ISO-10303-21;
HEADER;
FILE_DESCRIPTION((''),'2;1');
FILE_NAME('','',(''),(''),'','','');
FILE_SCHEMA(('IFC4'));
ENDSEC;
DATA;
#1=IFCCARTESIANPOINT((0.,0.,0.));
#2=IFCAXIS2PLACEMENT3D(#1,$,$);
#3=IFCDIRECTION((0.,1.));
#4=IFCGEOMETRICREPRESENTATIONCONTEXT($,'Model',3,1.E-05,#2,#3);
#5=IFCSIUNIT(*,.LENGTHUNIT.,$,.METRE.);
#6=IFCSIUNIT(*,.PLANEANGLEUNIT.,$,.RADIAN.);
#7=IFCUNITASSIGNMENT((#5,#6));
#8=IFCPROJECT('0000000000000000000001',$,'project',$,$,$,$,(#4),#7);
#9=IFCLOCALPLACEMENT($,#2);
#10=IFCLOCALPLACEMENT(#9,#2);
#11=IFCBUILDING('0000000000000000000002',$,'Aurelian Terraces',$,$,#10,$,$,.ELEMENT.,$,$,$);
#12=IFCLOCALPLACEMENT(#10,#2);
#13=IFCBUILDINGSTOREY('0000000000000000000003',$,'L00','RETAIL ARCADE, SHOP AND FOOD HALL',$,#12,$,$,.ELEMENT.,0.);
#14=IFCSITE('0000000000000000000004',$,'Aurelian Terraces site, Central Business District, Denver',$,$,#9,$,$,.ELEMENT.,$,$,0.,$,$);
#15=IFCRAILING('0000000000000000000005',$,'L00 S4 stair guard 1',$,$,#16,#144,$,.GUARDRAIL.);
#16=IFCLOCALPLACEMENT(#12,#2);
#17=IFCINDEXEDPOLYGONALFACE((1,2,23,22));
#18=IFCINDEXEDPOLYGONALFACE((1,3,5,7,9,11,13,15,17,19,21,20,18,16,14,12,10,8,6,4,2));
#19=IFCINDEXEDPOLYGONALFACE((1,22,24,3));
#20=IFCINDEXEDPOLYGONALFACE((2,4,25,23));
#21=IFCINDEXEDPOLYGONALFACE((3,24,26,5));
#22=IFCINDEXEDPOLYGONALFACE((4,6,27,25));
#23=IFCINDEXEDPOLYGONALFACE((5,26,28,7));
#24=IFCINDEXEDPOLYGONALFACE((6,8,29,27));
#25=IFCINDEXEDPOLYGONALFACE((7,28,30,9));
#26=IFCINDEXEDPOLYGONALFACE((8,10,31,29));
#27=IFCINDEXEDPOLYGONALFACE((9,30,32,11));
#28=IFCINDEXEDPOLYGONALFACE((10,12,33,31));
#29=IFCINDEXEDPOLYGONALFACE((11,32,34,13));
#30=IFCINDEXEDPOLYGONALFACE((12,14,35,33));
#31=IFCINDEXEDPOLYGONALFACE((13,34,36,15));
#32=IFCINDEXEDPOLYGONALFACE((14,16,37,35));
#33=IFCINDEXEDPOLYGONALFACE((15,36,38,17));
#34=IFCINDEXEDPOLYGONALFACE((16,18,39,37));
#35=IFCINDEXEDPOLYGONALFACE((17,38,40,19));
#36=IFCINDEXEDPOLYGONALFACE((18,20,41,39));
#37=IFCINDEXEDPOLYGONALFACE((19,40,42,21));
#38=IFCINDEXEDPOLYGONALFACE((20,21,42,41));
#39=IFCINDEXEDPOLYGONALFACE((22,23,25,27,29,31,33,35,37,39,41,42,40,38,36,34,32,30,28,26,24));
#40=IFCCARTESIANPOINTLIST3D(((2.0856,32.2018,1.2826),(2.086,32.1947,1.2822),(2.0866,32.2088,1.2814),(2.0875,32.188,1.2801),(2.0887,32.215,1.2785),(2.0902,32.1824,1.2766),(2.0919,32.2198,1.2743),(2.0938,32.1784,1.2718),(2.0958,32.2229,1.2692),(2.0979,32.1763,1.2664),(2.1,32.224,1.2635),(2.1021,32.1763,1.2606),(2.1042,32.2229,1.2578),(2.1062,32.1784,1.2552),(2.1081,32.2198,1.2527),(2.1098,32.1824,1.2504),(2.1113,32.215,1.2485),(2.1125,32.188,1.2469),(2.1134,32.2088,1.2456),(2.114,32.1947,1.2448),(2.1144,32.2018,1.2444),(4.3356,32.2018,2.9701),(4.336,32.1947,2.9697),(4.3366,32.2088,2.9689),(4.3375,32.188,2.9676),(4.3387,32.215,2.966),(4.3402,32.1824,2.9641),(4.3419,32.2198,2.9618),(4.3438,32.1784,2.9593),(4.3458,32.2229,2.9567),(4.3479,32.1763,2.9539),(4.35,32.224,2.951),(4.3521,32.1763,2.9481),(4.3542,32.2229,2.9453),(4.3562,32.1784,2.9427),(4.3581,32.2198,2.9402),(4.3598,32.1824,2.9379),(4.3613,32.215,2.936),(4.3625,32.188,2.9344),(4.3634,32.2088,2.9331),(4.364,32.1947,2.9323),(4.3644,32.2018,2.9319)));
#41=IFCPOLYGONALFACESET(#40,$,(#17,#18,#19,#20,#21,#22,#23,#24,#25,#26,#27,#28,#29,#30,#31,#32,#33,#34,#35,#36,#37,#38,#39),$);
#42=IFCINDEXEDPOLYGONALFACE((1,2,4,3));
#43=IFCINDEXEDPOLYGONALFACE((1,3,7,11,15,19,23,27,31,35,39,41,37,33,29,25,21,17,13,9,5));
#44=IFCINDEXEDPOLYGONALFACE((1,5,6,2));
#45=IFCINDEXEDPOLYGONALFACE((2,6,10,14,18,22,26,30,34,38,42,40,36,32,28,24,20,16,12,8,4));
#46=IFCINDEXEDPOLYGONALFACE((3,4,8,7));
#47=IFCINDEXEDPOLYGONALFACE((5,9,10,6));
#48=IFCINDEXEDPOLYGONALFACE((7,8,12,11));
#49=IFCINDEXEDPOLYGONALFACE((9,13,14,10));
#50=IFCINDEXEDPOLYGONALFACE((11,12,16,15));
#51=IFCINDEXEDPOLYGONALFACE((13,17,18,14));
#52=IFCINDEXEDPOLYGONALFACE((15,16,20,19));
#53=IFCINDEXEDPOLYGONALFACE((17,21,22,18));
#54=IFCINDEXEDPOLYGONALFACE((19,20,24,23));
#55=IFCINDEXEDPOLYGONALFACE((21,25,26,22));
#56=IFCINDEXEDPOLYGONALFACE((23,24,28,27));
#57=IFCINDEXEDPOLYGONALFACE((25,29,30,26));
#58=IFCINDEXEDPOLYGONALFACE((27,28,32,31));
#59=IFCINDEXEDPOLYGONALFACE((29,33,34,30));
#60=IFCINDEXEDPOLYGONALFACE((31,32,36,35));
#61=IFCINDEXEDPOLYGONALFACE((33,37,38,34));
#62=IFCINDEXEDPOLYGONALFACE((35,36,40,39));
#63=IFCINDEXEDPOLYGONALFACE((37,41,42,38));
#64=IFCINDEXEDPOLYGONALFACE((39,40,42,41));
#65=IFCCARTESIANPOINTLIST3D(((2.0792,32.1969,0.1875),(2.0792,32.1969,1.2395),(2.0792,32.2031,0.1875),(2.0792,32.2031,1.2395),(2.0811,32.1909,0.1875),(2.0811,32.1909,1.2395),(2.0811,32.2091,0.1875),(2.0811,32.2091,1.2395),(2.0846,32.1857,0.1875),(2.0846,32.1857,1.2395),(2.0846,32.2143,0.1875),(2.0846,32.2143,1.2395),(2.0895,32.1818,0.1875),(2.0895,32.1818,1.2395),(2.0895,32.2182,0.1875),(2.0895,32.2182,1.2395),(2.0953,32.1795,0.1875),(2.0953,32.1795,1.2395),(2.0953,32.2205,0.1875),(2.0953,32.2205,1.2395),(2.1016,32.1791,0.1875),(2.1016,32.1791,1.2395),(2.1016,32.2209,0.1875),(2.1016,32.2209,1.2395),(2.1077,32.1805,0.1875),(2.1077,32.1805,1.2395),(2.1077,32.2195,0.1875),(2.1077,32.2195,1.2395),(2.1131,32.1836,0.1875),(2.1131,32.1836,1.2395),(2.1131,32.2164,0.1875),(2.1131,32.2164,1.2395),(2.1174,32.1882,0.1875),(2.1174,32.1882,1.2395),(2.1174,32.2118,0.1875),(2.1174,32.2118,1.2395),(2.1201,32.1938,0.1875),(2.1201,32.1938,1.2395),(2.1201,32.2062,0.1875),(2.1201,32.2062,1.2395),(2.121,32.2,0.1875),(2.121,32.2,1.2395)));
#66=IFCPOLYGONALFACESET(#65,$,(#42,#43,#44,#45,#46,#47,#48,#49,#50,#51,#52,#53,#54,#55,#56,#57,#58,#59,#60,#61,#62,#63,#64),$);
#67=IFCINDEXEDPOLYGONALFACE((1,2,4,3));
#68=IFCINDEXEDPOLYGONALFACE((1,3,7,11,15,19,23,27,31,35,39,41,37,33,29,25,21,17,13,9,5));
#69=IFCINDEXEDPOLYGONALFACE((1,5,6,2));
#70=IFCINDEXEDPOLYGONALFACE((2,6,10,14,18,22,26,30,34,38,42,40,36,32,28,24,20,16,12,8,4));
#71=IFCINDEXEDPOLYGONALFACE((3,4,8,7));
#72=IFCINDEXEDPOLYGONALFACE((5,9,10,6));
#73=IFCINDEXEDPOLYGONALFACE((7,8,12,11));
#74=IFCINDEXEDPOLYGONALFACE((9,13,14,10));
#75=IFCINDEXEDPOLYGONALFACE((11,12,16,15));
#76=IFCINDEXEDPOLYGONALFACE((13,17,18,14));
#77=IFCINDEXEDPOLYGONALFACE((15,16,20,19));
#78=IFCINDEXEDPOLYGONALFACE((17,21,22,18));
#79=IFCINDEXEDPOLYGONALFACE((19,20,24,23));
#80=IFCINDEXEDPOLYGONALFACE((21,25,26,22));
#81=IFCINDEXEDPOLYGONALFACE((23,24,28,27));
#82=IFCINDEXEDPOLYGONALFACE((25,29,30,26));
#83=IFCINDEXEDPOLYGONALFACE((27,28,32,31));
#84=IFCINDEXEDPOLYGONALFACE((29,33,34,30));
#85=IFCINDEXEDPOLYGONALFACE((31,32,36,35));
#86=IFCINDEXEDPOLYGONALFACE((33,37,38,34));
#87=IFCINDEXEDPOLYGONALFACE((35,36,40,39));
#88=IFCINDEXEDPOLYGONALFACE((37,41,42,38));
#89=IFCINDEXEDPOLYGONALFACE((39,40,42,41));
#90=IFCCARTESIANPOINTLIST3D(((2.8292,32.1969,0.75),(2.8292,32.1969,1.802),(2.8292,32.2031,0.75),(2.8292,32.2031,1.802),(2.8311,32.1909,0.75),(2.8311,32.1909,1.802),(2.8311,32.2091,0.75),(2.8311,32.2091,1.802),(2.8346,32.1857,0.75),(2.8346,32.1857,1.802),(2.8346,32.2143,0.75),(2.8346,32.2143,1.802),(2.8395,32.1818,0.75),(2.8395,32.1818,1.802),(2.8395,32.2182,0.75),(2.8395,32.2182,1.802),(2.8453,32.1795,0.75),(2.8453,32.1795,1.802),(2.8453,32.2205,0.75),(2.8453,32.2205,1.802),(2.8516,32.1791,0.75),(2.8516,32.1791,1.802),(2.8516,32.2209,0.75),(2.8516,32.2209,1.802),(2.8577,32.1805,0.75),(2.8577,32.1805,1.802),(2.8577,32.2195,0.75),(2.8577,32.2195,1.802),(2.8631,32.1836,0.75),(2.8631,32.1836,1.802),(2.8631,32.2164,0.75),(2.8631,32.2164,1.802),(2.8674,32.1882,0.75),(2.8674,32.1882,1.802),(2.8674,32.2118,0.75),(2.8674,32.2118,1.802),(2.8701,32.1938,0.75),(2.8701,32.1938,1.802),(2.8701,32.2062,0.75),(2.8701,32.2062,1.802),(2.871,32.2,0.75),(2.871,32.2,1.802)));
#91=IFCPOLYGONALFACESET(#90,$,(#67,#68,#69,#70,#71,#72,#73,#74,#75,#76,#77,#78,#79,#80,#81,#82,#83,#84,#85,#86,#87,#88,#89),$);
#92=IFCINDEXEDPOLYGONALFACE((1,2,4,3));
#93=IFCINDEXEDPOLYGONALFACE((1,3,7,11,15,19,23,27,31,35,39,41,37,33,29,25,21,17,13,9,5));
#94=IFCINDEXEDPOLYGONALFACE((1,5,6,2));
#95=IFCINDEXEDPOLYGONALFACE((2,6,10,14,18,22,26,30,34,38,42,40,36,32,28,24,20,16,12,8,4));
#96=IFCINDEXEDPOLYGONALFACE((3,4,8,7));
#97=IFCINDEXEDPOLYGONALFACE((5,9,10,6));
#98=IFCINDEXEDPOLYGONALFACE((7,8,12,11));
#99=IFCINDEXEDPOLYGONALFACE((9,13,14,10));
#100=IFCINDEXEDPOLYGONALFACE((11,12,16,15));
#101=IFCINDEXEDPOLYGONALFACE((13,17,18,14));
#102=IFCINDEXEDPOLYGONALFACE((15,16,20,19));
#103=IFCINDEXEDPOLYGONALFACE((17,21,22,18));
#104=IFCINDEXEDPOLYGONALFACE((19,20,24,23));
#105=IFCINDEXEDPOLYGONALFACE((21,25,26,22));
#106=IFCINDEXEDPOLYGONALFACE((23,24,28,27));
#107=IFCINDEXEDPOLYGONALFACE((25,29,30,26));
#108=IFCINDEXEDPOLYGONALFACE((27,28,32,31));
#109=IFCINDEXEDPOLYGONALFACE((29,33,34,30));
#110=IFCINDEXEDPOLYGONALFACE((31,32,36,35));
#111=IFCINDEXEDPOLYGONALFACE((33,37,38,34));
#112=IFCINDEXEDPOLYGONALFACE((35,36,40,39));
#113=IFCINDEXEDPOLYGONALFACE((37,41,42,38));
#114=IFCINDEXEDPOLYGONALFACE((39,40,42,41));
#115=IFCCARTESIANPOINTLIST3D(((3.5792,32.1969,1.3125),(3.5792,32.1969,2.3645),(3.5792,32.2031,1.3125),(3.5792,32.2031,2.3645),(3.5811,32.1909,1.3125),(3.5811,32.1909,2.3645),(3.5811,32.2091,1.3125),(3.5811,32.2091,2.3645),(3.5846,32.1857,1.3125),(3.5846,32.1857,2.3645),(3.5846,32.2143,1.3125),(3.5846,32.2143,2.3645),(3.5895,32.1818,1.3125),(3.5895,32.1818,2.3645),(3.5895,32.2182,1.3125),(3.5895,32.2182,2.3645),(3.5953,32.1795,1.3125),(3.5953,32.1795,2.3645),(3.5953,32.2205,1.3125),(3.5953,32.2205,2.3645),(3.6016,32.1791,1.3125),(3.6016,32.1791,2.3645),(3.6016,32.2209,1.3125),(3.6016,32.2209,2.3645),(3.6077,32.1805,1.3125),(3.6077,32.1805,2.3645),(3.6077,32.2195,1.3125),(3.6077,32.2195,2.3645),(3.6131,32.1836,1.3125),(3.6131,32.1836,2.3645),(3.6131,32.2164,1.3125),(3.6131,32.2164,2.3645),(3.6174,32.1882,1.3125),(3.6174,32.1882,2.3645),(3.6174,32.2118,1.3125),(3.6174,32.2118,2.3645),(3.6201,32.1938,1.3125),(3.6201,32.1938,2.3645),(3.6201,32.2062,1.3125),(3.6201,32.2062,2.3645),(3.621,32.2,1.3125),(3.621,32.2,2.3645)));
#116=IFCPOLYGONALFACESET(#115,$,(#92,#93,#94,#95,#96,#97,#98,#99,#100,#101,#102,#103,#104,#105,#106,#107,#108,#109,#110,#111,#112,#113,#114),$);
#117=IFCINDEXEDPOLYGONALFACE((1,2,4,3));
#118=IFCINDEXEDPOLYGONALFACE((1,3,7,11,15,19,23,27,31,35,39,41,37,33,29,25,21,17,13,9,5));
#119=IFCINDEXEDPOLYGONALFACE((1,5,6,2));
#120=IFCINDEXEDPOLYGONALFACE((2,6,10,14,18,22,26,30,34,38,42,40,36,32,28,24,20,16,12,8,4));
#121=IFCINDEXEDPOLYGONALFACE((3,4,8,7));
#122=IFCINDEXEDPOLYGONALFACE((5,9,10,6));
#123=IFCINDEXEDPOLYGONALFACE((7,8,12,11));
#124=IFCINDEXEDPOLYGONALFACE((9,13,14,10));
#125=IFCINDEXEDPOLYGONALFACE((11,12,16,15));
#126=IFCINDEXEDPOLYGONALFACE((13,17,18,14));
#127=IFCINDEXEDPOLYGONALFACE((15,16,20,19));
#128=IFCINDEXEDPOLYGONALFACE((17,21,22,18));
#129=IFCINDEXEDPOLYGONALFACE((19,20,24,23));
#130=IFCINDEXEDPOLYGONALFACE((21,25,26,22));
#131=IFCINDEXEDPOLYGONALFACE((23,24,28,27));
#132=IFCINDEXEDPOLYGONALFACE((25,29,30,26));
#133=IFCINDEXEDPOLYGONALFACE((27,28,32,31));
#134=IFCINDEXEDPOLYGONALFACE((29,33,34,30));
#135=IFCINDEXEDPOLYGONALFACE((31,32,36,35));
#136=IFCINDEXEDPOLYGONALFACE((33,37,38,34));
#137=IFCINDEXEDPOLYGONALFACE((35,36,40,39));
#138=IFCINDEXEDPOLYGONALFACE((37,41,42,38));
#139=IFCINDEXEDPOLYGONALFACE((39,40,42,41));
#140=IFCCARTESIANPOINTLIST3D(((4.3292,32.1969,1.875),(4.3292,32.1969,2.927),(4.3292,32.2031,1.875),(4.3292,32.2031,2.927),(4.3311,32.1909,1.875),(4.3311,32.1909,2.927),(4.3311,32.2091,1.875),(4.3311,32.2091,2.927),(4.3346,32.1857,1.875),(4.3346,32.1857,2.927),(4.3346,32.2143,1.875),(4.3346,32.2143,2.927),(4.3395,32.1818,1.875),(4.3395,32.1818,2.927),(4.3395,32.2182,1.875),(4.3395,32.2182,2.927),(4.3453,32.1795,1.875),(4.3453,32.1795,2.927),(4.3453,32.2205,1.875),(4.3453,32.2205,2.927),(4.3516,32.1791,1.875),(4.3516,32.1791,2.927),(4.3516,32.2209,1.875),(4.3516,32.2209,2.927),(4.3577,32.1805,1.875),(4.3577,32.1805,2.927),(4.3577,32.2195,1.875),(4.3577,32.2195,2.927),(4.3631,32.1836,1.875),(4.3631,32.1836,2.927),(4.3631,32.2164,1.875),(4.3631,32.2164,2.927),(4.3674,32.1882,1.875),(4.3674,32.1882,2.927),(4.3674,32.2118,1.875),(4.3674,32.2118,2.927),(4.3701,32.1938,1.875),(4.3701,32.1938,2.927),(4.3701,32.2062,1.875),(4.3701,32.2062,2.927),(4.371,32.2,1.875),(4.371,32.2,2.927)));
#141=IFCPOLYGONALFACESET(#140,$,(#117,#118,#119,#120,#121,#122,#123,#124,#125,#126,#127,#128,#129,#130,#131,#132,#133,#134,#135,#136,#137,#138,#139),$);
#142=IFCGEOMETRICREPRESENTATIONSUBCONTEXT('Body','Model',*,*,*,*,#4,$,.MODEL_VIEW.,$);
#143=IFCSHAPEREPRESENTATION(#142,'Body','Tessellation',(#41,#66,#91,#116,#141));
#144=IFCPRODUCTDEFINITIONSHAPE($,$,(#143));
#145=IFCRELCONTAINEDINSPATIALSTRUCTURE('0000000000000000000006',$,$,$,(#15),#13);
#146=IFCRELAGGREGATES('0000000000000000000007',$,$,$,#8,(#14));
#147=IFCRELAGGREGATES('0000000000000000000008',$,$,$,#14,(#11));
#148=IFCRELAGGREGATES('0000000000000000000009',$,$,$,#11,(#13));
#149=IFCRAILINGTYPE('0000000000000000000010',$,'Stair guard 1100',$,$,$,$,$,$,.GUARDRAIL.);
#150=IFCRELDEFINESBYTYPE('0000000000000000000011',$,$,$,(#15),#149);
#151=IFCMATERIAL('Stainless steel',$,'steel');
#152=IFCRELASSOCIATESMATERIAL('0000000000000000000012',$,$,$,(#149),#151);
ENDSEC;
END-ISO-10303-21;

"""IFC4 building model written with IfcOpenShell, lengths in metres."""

from ifc_helpers import new_model, si_unit, direction, frame, origin, origin_2d, place, context, subcontext, project, spatial, circle, extrude, source, transform, mapped, material, type_object, element, save


model = new_model("IFC4")

# Units and contexts
model_context = context("Model", 3, precision=1e-05, world=origin(), true_north=direction((0.0, 1.0)))
body_context = subcontext(model_context, "Body", "Model", "MODEL_VIEW")
ifc_project = project(units=[si_unit("LENGTHUNIT", "METRE"), si_unit("PLANEANGLEUNIT", "RADIAN")], contexts=[model_context])

# Site, building, storey
site_placement = place(None, origin())
site = spatial("IfcSite", under=ifc_project, at=site_placement, Name="Aurelian Terraces site, Central Business District, Denver", CompositionType="ELEMENT", RefElevation=0.0)
building_placement = place(site_placement, origin())
building = spatial("IfcBuilding", under=site, at=building_placement, Name="Aurelian Terraces", CompositionType="ELEMENT")
storey_placement = place(building_placement, origin())
storey = spatial("IfcBuildingStorey", under=building, at=storey_placement, Name="L00", Description="RETAIL ARCADE, SHOP AND FOOD HALL", CompositionType="ELEMENT", Elevation=0.0)

# Railing
ifc_material_1 = material(Name="Stainless steel", Category="steel")
railing_type_1 = type_object("IfcRailingType", Name="Stair guard 1100", PredefinedType="GUARDRAIL", material=ifc_material_1)
shared_shape_1 = source(origin(), body_context, "Body", "SweptSolid", [
    extrude(circle(Radius=0.024, at=origin_2d()), frame((0.0, 0.0, 1.076), z_axis=(0.8, 0.0, 0.6), x_axis=(0.0, 1.0, 0.0)), (0.0, 0.0, 1.0), 2.8125),
    extrude(circle(Radius=0.021, at=origin_2d()), origin(), (0.0, 0.0, 1.0), 1.052),
    extrude(circle(Radius=0.021, at=origin_2d()), frame((0.75, 0.0, 0.5625)), (0.0, 0.0, 1.0), 1.052),
    extrude(circle(Radius=0.021, at=origin_2d()), frame((1.5, 0.0, 1.125)), (0.0, 0.0, 1.0), 1.052),
    extrude(circle(Radius=0.021, at=origin_2d()), frame((2.25, 0.0, 1.6875)), (0.0, 0.0, 1.0), 1.052),
])
for number, where, name in (
    (1, (2.1, 32.2, 0.1875), "L00 S4 stair guard 1"),
):
    element("IfcRailing", number, at=place(storey_placement, frame(where)), inside=storey, type_object=railing_type_1, Name=name, PredefinedType="GUARDRAIL", context=body_context, shape_type="MappedRepresentation", body=[
        mapped(shared_shape_1, transform((0.0, 0.0, 0.0), scale=1.0)),
    ])

save(model, "model.ifc")
